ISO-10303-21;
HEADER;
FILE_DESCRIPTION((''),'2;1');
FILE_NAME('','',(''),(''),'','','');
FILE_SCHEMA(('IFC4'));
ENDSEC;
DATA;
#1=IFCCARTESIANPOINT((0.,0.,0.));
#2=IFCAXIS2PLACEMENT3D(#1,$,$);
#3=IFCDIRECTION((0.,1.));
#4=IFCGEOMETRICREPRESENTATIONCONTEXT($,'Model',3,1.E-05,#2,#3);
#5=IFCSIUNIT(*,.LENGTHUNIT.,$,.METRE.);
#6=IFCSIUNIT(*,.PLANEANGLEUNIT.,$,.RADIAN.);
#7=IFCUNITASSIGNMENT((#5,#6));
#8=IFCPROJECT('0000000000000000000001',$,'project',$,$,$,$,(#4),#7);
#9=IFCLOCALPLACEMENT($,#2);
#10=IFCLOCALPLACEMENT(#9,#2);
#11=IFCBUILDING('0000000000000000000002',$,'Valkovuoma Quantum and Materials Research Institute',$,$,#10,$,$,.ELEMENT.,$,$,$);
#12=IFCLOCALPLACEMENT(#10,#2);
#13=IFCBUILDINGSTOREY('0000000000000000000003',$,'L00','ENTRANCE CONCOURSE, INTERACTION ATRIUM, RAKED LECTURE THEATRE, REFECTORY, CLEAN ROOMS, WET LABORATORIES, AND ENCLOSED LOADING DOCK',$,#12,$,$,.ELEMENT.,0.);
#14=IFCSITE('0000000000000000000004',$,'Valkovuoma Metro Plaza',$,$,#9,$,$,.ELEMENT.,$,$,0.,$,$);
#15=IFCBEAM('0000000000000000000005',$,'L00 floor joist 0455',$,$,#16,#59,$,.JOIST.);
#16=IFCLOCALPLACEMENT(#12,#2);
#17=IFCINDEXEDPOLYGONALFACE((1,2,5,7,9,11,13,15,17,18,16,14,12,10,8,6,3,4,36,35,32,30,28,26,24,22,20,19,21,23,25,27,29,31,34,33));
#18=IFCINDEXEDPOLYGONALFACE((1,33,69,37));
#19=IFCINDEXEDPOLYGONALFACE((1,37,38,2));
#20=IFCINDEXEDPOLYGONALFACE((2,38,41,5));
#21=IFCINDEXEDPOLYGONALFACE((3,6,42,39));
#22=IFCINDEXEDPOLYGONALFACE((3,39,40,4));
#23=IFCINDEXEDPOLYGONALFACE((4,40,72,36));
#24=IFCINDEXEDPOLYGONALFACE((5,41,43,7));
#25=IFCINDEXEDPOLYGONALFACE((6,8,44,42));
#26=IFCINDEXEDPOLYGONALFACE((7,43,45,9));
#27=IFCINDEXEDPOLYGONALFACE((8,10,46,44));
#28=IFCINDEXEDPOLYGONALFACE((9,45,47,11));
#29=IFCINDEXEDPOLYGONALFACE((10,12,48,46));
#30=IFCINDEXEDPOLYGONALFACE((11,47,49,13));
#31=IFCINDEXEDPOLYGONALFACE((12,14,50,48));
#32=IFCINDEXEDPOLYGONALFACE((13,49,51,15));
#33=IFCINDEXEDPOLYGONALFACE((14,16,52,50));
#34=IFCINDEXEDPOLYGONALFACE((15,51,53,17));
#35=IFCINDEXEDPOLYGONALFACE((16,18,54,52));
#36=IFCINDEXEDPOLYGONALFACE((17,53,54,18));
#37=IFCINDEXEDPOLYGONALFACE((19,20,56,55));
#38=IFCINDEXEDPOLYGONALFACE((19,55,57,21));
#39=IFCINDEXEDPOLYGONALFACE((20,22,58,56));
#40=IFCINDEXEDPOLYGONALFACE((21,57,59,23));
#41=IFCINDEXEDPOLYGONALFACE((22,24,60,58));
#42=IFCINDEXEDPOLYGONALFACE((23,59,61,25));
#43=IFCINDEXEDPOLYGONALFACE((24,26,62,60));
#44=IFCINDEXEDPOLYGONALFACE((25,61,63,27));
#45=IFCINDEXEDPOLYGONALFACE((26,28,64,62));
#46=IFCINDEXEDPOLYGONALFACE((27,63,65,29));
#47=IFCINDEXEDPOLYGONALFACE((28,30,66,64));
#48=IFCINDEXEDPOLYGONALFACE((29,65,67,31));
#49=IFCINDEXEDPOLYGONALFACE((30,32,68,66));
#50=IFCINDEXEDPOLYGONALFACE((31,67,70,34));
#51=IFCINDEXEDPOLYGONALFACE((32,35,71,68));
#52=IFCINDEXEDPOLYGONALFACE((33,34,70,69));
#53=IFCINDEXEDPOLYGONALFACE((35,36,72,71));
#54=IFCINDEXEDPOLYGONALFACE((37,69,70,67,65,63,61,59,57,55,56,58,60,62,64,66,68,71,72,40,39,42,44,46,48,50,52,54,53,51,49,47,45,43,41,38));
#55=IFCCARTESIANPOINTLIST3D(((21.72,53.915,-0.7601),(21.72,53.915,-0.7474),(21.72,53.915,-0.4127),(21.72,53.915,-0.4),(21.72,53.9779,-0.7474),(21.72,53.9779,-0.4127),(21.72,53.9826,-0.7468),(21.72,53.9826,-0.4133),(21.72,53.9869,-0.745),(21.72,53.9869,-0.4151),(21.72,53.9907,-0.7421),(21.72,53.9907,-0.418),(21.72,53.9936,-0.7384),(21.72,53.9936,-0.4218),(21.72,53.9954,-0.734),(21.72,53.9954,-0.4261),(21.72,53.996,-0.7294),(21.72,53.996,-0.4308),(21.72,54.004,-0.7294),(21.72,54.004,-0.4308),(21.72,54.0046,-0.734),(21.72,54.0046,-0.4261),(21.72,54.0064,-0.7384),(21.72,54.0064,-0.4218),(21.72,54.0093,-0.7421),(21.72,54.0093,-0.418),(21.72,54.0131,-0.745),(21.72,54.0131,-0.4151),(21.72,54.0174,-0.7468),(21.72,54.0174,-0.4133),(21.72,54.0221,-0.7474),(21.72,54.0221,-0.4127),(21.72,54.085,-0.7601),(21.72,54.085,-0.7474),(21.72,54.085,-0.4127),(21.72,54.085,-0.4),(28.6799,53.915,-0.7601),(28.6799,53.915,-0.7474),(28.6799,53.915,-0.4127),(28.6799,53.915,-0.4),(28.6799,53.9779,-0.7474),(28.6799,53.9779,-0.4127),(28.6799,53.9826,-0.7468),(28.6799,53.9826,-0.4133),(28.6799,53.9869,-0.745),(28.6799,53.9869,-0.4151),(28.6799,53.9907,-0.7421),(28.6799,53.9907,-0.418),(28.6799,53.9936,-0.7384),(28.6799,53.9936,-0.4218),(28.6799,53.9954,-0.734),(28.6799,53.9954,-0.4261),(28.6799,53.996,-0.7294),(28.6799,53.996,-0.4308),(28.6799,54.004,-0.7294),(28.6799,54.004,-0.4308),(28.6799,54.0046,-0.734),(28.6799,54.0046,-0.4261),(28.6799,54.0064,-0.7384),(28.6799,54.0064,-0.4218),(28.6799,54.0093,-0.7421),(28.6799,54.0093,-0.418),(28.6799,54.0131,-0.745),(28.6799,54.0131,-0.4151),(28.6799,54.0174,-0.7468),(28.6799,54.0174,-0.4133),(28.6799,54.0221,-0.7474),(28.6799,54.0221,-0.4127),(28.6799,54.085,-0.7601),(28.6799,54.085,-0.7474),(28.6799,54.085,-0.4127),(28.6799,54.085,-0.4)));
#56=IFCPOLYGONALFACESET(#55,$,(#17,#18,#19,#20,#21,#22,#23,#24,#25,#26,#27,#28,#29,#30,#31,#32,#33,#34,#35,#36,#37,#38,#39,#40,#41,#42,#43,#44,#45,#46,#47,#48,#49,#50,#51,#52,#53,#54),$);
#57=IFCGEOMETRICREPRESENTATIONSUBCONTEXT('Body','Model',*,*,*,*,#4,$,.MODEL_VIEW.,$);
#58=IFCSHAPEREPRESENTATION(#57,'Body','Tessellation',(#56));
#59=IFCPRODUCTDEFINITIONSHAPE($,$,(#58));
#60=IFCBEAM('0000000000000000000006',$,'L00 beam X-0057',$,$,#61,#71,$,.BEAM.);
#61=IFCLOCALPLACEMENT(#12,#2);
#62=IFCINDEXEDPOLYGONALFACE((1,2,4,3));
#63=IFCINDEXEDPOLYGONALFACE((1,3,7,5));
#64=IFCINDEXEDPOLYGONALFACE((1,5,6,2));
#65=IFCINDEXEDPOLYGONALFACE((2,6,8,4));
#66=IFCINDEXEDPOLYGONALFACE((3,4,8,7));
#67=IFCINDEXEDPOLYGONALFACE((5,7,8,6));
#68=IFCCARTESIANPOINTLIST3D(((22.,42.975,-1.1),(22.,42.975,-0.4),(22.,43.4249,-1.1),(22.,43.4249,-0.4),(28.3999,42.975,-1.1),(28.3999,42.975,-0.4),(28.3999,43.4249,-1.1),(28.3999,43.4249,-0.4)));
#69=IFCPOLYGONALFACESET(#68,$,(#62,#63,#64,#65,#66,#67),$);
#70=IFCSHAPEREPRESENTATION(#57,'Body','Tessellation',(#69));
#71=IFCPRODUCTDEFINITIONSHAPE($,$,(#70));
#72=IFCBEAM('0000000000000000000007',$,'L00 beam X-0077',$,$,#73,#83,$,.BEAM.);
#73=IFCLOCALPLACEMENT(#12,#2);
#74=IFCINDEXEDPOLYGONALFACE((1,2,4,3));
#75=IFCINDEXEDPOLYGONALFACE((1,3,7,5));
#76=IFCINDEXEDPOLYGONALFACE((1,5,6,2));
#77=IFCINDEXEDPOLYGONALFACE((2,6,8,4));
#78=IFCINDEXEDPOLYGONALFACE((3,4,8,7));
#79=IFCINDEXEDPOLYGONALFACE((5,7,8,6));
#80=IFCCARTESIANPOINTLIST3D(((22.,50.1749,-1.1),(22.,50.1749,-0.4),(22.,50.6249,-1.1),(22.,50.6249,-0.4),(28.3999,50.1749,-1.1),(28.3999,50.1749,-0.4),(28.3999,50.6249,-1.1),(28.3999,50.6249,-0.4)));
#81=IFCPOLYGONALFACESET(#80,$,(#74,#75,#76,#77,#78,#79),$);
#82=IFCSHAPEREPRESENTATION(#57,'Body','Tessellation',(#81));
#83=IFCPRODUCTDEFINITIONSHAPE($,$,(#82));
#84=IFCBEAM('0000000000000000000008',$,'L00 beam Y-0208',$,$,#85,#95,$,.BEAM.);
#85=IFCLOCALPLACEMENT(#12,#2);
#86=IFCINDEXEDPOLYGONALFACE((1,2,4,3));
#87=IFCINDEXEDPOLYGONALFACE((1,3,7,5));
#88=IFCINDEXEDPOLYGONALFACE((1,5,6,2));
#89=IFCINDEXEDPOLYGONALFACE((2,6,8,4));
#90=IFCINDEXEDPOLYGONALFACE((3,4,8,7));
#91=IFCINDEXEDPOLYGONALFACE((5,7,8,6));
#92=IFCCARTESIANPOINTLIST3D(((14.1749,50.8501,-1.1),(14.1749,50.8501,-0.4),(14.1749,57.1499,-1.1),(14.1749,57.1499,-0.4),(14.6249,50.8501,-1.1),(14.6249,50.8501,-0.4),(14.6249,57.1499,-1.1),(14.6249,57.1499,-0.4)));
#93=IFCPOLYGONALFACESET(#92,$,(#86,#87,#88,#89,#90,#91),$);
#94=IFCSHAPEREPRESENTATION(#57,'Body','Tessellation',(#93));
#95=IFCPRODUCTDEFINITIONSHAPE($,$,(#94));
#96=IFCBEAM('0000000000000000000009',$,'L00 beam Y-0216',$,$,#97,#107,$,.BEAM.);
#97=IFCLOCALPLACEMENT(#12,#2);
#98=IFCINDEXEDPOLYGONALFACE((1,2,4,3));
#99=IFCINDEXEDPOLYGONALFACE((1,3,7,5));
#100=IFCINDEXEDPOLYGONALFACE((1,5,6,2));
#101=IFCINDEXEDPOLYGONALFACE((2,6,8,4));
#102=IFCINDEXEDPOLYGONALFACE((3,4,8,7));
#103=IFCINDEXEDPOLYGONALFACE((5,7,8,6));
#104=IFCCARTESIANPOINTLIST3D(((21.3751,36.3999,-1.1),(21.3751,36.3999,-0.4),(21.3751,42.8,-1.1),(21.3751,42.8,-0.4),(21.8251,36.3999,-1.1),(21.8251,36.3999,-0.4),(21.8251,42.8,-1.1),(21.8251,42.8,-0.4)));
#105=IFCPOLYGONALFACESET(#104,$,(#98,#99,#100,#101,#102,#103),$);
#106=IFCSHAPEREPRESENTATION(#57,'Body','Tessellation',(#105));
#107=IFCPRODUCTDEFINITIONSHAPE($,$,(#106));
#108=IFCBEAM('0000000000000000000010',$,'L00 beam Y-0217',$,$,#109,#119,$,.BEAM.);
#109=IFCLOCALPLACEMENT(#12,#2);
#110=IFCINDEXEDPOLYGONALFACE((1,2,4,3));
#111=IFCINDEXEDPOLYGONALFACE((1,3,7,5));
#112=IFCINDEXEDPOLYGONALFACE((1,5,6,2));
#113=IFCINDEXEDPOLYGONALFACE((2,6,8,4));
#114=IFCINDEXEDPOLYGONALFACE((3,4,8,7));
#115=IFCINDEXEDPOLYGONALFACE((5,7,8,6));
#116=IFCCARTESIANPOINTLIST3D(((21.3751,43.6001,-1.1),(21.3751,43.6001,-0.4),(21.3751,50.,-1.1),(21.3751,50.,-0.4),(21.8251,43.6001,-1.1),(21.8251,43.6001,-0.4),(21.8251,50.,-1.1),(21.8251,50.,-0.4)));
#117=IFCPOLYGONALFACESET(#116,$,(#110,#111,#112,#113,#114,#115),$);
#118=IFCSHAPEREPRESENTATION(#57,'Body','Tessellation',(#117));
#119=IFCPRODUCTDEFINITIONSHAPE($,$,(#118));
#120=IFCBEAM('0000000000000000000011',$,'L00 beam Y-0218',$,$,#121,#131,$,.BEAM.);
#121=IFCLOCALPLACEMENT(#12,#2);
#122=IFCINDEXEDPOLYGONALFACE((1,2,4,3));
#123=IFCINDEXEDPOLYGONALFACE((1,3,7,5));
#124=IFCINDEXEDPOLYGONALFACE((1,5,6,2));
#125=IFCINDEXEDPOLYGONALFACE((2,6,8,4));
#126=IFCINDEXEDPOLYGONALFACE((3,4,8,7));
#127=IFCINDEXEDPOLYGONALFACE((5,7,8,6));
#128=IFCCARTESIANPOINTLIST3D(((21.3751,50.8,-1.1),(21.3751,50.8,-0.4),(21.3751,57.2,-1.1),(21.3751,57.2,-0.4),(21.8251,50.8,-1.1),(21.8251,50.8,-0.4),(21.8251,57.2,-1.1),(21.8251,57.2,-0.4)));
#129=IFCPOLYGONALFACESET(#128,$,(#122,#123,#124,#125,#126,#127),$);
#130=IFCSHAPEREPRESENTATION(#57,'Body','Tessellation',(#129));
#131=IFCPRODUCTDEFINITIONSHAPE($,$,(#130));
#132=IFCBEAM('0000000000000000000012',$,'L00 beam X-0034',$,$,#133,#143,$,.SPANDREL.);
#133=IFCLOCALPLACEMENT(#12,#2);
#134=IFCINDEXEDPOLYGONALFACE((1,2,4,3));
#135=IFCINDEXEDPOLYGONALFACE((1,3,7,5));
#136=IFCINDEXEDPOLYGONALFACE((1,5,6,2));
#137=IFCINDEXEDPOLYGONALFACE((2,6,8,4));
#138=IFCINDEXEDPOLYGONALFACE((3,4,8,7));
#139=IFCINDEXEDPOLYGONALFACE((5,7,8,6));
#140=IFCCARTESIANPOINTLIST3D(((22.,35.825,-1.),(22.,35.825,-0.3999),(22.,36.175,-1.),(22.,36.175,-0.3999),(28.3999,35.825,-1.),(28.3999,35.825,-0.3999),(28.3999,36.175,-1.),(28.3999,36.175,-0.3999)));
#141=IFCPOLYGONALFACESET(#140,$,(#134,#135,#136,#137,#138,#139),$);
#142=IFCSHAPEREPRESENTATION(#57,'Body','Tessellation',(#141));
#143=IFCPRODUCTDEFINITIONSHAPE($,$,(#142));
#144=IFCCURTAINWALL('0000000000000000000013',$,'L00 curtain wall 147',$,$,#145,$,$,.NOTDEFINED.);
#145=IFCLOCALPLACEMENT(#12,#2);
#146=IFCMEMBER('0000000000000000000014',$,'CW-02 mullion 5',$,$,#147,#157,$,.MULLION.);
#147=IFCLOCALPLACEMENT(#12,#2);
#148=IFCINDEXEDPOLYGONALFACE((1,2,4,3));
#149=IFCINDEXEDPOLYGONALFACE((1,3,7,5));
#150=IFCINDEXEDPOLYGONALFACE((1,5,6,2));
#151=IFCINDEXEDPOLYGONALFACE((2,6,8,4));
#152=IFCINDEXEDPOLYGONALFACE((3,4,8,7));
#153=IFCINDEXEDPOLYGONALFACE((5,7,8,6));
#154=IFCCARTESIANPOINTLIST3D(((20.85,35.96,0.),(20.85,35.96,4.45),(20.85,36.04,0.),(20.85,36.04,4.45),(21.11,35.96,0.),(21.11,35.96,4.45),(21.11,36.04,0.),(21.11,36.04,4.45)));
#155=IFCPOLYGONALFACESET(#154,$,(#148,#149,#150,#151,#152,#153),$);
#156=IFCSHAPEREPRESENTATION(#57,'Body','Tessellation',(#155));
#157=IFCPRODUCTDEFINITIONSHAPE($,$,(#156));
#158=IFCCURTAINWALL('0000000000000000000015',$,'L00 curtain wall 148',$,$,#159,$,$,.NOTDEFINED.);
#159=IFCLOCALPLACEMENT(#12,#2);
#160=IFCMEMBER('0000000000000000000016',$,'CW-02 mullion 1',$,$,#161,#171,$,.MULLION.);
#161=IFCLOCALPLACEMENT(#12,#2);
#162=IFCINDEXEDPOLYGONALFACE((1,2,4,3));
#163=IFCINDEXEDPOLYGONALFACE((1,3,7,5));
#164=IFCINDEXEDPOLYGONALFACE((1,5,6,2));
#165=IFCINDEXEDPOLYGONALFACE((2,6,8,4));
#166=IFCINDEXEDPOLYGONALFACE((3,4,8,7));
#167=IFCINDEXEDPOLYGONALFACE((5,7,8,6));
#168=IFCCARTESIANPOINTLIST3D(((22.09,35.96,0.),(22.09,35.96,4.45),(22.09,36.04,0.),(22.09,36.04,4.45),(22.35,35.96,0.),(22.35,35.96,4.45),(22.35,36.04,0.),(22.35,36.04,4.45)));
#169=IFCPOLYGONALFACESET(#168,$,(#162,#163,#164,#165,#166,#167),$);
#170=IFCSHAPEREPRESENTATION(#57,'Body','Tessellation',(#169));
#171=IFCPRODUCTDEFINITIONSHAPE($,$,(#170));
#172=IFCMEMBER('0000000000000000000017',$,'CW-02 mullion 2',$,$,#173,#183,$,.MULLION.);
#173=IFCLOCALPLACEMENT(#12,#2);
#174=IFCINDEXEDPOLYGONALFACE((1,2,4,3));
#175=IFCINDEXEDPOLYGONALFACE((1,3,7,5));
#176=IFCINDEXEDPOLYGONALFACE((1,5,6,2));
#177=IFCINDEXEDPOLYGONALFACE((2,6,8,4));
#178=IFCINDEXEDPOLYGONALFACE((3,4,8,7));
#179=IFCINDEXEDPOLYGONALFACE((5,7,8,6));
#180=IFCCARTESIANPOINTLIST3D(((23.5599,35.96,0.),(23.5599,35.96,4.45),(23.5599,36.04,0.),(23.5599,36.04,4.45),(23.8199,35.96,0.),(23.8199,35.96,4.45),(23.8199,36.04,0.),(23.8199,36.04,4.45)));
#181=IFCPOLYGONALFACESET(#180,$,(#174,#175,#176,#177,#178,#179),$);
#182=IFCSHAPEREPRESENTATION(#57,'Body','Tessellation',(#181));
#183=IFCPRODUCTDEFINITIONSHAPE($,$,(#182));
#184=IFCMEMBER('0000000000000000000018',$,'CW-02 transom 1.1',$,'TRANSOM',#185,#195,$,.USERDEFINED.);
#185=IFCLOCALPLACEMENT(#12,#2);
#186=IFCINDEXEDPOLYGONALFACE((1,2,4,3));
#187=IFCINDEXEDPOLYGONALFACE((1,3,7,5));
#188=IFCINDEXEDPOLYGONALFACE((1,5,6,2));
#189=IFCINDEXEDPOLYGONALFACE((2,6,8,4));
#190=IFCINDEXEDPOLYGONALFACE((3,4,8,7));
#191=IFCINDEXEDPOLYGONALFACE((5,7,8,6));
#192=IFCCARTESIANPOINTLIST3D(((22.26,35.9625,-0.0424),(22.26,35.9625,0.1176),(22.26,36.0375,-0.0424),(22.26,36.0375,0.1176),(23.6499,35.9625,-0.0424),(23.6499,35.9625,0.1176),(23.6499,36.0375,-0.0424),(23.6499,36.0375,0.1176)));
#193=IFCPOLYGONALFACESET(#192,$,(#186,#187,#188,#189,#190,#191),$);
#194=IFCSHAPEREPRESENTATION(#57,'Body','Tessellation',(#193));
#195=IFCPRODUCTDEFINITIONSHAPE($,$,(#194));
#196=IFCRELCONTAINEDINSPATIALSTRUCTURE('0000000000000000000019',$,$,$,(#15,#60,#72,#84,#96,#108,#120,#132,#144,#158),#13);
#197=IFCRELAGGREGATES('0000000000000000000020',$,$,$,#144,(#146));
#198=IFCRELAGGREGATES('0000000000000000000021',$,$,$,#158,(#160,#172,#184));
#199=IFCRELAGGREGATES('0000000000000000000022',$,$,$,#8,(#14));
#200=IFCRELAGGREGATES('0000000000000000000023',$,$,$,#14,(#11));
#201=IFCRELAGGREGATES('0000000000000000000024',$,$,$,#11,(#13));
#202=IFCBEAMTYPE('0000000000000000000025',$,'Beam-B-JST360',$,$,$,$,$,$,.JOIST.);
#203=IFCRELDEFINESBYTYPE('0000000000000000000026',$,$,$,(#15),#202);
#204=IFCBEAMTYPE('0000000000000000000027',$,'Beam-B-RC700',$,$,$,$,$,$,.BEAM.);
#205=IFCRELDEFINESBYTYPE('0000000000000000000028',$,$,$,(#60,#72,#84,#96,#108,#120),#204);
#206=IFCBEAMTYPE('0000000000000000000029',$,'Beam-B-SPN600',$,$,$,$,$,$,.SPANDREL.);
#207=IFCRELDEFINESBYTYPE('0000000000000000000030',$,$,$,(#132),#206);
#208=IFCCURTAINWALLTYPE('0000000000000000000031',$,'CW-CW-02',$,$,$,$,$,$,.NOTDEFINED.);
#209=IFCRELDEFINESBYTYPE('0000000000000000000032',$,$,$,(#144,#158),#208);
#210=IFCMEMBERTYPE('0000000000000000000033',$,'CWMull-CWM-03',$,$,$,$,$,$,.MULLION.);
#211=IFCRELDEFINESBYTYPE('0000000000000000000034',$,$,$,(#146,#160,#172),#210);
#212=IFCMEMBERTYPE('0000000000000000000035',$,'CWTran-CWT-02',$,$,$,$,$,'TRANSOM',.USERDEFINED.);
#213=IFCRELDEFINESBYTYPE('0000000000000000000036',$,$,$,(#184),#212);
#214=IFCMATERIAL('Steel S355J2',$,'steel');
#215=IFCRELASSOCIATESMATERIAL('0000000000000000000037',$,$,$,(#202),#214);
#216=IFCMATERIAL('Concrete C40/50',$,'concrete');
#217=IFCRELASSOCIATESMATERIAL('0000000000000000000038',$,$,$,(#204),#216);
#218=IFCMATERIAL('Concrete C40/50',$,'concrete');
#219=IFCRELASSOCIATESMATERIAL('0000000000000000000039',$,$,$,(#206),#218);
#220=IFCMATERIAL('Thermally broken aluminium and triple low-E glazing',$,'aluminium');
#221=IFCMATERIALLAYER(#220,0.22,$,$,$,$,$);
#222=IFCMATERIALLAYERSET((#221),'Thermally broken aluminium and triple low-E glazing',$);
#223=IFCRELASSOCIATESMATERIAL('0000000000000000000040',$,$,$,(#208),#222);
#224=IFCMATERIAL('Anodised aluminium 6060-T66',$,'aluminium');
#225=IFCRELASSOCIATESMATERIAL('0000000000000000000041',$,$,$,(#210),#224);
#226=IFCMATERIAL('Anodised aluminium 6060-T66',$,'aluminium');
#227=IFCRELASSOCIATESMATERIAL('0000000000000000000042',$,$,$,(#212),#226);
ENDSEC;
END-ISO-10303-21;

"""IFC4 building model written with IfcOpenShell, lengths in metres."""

from ifc_helpers import new_model, si_unit, direction, frame, origin, origin_2d, place, context, subcontext, project, spatial, rectangle, i_section, extrude, material, layer, layer_set, material_profile, profile_set, type_object, element, aggregate, save


model = new_model("IFC4")

# Units and contexts
model_context = context("Model", 3, precision=1e-05, world=origin(), true_north=direction((0.0, 1.0)))
body_context = subcontext(model_context, "Body", "Model", "MODEL_VIEW")
ifc_project = project(units=[si_unit("LENGTHUNIT", "METRE"), si_unit("PLANEANGLEUNIT", "RADIAN")], contexts=[model_context])

# Site, building, storey
site_placement = place(None, origin())
site = spatial("IfcSite", under=ifc_project, at=site_placement, Name="Valkovuoma Metro Plaza", CompositionType="ELEMENT", RefElevation=0.0)
building_placement = place(site_placement, origin())
building = spatial("IfcBuilding", under=site, at=building_placement, Name="Valkovuoma Quantum and Materials Research Institute", CompositionType="ELEMENT")
storey_placement = place(building_placement, origin())
storey = spatial("IfcBuildingStorey", under=building, at=storey_placement, Name="L00", Description="ENTRANCE CONCOURSE, INTERACTION ATRIUM, RAKED LECTURE THEATRE, REFECTORY, CLEAN ROOMS, WET LABORATORIES, AND ENCLOSED LOADING DOCK", CompositionType="ELEMENT", Elevation=0.0)

# Beams
ifc_material_1 = material(Name="Steel S355J2", Category="steel")
ifc_material_profile_1 = material_profile(ifc_material_1, i_section(OverallWidth=0.1699, OverallDepth=0.3601, WebThickness=0.0081, FlangeThickness=0.0127, FilletRadius=0.0181, at=origin_2d()), Name="Steel S355J2")
ifc_profile_set_1 = profile_set([ifc_material_profile_1], Name="Steel S355J2")
beam_type_1 = type_object("IfcBeamType", Name="Beam-B-JST360", PredefinedType="JOIST", material=ifc_profile_set_1)
for number, where, z_axis, x_axis, name in (
    (1, (21.72, 54.0, -0.5801), (1.0, 0.0, 0.0), (0.0, 1.0, 0.0), "L00 floor joist 0455"),
):
    element("IfcBeam", number, at=place(storey_placement, frame(where, z_axis=z_axis, x_axis=x_axis)), inside=storey, type_object=beam_type_1, Name=name, PredefinedType="JOIST", context=body_context, shape_type="SweptSolid", body=[
        extrude(i_section(OverallWidth=0.1699, OverallDepth=0.3601, WebThickness=0.0081, FlangeThickness=0.0127, FilletRadius=0.0181, at=origin_2d()), origin(), (0.0, 0.0, 1.0), 6.96),
    ])
ifc_material_2 = material(Name="Concrete C40/50", Category="concrete")
ifc_material_profile_2 = material_profile(ifc_material_2, rectangle(XDim=0.45, YDim=0.7, at=origin_2d()), Name="Concrete C40/50")
ifc_profile_set_2 = profile_set([ifc_material_profile_2], Name="Concrete C40/50")
beam_type_2 = type_object("IfcBeamType", Name="Beam-B-RC700", PredefinedType="BEAM", material=ifc_profile_set_2)
for number, where, z_axis, x_axis, name in (
    (2, (22.0, 43.2, -0.75), (1.0, 0.0, 0.0), (0.0, 1.0, 0.0), "L00 beam X-0057"),
    (3, (22.0, 50.3999, -0.75), (1.0, 0.0, 0.0), (0.0, 1.0, 0.0), "L00 beam X-0077"),
):
    element("IfcBeam", number, at=place(storey_placement, frame(where, z_axis=z_axis, x_axis=x_axis)), inside=storey, type_object=beam_type_2, Name=name, PredefinedType="BEAM", context=body_context, shape_type="SweptSolid", body=[
        extrude(rectangle(XDim=0.45, YDim=0.7, at=origin_2d()), origin(), (0.0, 0.0, 1.0), 6.3999),
    ])
beam_1_placement = place(storey_placement, frame((14.3999, 50.8501, -0.75), z_axis=(0.0, 1.0, 0.0), x_axis=(-1.0, 0.0, 0.0)))
element("IfcBeam", 4, at=beam_1_placement, inside=storey, type_object=beam_type_2, Name="L00 beam Y-0208", PredefinedType="BEAM", context=body_context, shape_type="SweptSolid", body=[
    extrude(rectangle(XDim=0.45, YDim=0.7, at=origin_2d()), origin(), (0.0, 0.0, 1.0), 6.2998),
])
beam_2_placement = place(storey_placement, frame((21.6001, 36.3999, -0.75), z_axis=(0.0, 1.0, 0.0), x_axis=(-1.0, 0.0, 0.0)))
element("IfcBeam", 5, at=beam_2_placement, inside=storey, type_object=beam_type_2, Name="L00 beam Y-0216", PredefinedType="BEAM", context=body_context, shape_type="SweptSolid", body=[
    extrude(rectangle(XDim=0.45, YDim=0.7, at=origin_2d()), origin(), (0.0, 0.0, 1.0), 6.4001),
])
for number, where, z_axis, x_axis, name in (
    (6, (21.6001, 43.6001, -0.75), (0.0, 1.0, 0.0), (-1.0, 0.0, 0.0), "L00 beam Y-0217"),
    (7, (21.6001, 50.8, -0.75), (0.0, 1.0, 0.0), (-1.0, 0.0, 0.0), "L00 beam Y-0218"),
):
    element("IfcBeam", number, at=place(storey_placement, frame(where, z_axis=z_axis, x_axis=x_axis)), inside=storey, type_object=beam_type_2, Name=name, PredefinedType="BEAM", context=body_context, shape_type="SweptSolid", body=[
        extrude(rectangle(XDim=0.45, YDim=0.7, at=origin_2d()), origin(), (0.0, 0.0, 1.0), 6.3999),
    ])
ifc_material_3 = material(Name="Concrete C40/50", Category="concrete")
ifc_material_profile_3 = material_profile(ifc_material_3, rectangle(XDim=0.3501, YDim=0.6001, at=origin_2d()), Name="Concrete C40/50")
ifc_profile_set_3 = profile_set([ifc_material_profile_3], Name="Concrete C40/50")
beam_type_3 = type_object("IfcBeamType", Name="Beam-B-SPN600", PredefinedType="SPANDREL", material=ifc_profile_set_3)
beam_3_placement = place(storey_placement, frame((22.0, 36.0, -0.7), z_axis=(1.0, 0.0, 0.0), x_axis=(0.0, 1.0, 0.0)))
element("IfcBeam", 8, at=beam_3_placement, inside=storey, type_object=beam_type_3, Name="L00 beam X-0034", PredefinedType="SPANDREL", context=body_context, shape_type="SweptSolid", body=[
    extrude(rectangle(XDim=0.3501, YDim=0.6001, at=origin_2d()), origin(), (0.0, 0.0, 1.0), 6.3999),
])

# Curtain wall, member
ifc_material_4 = material(Name="Thermally broken aluminium and triple low-E glazing", Category="aluminium")
ifc_layer_1 = layer(ifc_material_4, 0.22)
ifc_layer_set_1 = layer_set([ifc_layer_1], Name="Thermally broken aluminium and triple low-E glazing")
curtain_wall_type = type_object("IfcCurtainWallType", Name="CW-CW-02", PredefinedType="NOTDEFINED", material=ifc_layer_set_1)
curtain_wall_1_placement = place(storey_placement, origin())
curtain_wall_1 = element("IfcCurtainWall", 9, at=curtain_wall_1_placement, inside=storey, type_object=curtain_wall_type, Name="L00 curtain wall 147", PredefinedType="NOTDEFINED")
ifc_material_5 = material(Name="Anodised aluminium 6060-T66", Category="aluminium")
ifc_material_profile_4 = material_profile(ifc_material_5, rectangle(XDim=0.0801, YDim=0.26, at=origin_2d()), Name="Anodised aluminium 6060-T66")
ifc_profile_set_4 = profile_set([ifc_material_profile_4], Name="Anodised aluminium 6060-T66")
member_type_1 = type_object("IfcMemberType", Name="CWMull-CWM-03", PredefinedType="MULLION", material=ifc_profile_set_4)
member_1_placement = place(storey_placement, frame((20.98, 36.0, 0.0), z_axis=(0.0, 0.0, 1.0), x_axis=(0.0, 1.0, 0.0)))
member_1 = element("IfcMember", 10, at=member_1_placement, type_object=member_type_1, Name="CW-02 mullion 5", PredefinedType="MULLION", context=body_context, shape_type="SweptSolid", body=[
    extrude(rectangle(XDim=0.0801, YDim=0.26, at=origin_2d()), origin(), (0.0, 0.0, 1.0), 4.45),
])

# Curtain wall, members
curtain_wall_2_placement = place(storey_placement, origin())
curtain_wall_2 = element("IfcCurtainWall", 11, at=curtain_wall_2_placement, inside=storey, type_object=curtain_wall_type, Name="L00 curtain wall 148", PredefinedType="NOTDEFINED")
member_2_placement = place(storey_placement, frame((22.22, 36.0, 0.0), z_axis=(0.0, 0.0, 1.0), x_axis=(0.0, 1.0, 0.0)))
member_2 = element("IfcMember", 12, at=member_2_placement, type_object=member_type_1, Name="CW-02 mullion 1", PredefinedType="MULLION", context=body_context, shape_type="SweptSolid", body=[
    extrude(rectangle(XDim=0.0801, YDim=0.26, at=origin_2d()), origin(), (0.0, 0.0, 1.0), 4.45),
])
member_3_placement = place(storey_placement, frame((23.6899, 36.0, 0.0), z_axis=(0.0, 0.0, 1.0), x_axis=(0.0, 1.0, 0.0)))
member_3 = element("IfcMember", 13, at=member_3_placement, type_object=member_type_1, Name="CW-02 mullion 2", PredefinedType="MULLION", context=body_context, shape_type="SweptSolid", body=[
    extrude(rectangle(XDim=0.0801, YDim=0.26, at=origin_2d()), origin(), (0.0, 0.0, 1.0), 4.45),
])
ifc_material_6 = material(Name="Anodised aluminium 6060-T66", Category="aluminium")
ifc_material_profile_5 = material_profile(ifc_material_6, rectangle(XDim=0.075, YDim=0.1599, at=origin_2d()), Name="Anodised aluminium 6060-T66")
ifc_profile_set_5 = profile_set([ifc_material_profile_5], Name="Anodised aluminium 6060-T66")
member_type_2 = type_object("IfcMemberType", Name="CWTran-CWT-02", ElementType="TRANSOM", PredefinedType="USERDEFINED", material=ifc_profile_set_5)
member_4_placement = place(storey_placement, frame((22.26, 36.0, 0.0376), z_axis=(1.0, 0.0, 0.0), x_axis=(0.0, 1.0, 0.0)))
member_4 = element("IfcMember", 14, at=member_4_placement, type_object=member_type_2, Name="CW-02 transom 1.1", ObjectType="TRANSOM", PredefinedType="USERDEFINED", context=body_context, shape_type="SweptSolid", body=[
    extrude(rectangle(XDim=0.075, YDim=0.1599, at=origin_2d()), origin(), (0.0, 0.0, 1.0), 1.3899),
])

aggregate(curtain_wall_1, [member_1])
aggregate(curtain_wall_2, [member_2, member_3, member_4])

save(model, "model.ifc")
